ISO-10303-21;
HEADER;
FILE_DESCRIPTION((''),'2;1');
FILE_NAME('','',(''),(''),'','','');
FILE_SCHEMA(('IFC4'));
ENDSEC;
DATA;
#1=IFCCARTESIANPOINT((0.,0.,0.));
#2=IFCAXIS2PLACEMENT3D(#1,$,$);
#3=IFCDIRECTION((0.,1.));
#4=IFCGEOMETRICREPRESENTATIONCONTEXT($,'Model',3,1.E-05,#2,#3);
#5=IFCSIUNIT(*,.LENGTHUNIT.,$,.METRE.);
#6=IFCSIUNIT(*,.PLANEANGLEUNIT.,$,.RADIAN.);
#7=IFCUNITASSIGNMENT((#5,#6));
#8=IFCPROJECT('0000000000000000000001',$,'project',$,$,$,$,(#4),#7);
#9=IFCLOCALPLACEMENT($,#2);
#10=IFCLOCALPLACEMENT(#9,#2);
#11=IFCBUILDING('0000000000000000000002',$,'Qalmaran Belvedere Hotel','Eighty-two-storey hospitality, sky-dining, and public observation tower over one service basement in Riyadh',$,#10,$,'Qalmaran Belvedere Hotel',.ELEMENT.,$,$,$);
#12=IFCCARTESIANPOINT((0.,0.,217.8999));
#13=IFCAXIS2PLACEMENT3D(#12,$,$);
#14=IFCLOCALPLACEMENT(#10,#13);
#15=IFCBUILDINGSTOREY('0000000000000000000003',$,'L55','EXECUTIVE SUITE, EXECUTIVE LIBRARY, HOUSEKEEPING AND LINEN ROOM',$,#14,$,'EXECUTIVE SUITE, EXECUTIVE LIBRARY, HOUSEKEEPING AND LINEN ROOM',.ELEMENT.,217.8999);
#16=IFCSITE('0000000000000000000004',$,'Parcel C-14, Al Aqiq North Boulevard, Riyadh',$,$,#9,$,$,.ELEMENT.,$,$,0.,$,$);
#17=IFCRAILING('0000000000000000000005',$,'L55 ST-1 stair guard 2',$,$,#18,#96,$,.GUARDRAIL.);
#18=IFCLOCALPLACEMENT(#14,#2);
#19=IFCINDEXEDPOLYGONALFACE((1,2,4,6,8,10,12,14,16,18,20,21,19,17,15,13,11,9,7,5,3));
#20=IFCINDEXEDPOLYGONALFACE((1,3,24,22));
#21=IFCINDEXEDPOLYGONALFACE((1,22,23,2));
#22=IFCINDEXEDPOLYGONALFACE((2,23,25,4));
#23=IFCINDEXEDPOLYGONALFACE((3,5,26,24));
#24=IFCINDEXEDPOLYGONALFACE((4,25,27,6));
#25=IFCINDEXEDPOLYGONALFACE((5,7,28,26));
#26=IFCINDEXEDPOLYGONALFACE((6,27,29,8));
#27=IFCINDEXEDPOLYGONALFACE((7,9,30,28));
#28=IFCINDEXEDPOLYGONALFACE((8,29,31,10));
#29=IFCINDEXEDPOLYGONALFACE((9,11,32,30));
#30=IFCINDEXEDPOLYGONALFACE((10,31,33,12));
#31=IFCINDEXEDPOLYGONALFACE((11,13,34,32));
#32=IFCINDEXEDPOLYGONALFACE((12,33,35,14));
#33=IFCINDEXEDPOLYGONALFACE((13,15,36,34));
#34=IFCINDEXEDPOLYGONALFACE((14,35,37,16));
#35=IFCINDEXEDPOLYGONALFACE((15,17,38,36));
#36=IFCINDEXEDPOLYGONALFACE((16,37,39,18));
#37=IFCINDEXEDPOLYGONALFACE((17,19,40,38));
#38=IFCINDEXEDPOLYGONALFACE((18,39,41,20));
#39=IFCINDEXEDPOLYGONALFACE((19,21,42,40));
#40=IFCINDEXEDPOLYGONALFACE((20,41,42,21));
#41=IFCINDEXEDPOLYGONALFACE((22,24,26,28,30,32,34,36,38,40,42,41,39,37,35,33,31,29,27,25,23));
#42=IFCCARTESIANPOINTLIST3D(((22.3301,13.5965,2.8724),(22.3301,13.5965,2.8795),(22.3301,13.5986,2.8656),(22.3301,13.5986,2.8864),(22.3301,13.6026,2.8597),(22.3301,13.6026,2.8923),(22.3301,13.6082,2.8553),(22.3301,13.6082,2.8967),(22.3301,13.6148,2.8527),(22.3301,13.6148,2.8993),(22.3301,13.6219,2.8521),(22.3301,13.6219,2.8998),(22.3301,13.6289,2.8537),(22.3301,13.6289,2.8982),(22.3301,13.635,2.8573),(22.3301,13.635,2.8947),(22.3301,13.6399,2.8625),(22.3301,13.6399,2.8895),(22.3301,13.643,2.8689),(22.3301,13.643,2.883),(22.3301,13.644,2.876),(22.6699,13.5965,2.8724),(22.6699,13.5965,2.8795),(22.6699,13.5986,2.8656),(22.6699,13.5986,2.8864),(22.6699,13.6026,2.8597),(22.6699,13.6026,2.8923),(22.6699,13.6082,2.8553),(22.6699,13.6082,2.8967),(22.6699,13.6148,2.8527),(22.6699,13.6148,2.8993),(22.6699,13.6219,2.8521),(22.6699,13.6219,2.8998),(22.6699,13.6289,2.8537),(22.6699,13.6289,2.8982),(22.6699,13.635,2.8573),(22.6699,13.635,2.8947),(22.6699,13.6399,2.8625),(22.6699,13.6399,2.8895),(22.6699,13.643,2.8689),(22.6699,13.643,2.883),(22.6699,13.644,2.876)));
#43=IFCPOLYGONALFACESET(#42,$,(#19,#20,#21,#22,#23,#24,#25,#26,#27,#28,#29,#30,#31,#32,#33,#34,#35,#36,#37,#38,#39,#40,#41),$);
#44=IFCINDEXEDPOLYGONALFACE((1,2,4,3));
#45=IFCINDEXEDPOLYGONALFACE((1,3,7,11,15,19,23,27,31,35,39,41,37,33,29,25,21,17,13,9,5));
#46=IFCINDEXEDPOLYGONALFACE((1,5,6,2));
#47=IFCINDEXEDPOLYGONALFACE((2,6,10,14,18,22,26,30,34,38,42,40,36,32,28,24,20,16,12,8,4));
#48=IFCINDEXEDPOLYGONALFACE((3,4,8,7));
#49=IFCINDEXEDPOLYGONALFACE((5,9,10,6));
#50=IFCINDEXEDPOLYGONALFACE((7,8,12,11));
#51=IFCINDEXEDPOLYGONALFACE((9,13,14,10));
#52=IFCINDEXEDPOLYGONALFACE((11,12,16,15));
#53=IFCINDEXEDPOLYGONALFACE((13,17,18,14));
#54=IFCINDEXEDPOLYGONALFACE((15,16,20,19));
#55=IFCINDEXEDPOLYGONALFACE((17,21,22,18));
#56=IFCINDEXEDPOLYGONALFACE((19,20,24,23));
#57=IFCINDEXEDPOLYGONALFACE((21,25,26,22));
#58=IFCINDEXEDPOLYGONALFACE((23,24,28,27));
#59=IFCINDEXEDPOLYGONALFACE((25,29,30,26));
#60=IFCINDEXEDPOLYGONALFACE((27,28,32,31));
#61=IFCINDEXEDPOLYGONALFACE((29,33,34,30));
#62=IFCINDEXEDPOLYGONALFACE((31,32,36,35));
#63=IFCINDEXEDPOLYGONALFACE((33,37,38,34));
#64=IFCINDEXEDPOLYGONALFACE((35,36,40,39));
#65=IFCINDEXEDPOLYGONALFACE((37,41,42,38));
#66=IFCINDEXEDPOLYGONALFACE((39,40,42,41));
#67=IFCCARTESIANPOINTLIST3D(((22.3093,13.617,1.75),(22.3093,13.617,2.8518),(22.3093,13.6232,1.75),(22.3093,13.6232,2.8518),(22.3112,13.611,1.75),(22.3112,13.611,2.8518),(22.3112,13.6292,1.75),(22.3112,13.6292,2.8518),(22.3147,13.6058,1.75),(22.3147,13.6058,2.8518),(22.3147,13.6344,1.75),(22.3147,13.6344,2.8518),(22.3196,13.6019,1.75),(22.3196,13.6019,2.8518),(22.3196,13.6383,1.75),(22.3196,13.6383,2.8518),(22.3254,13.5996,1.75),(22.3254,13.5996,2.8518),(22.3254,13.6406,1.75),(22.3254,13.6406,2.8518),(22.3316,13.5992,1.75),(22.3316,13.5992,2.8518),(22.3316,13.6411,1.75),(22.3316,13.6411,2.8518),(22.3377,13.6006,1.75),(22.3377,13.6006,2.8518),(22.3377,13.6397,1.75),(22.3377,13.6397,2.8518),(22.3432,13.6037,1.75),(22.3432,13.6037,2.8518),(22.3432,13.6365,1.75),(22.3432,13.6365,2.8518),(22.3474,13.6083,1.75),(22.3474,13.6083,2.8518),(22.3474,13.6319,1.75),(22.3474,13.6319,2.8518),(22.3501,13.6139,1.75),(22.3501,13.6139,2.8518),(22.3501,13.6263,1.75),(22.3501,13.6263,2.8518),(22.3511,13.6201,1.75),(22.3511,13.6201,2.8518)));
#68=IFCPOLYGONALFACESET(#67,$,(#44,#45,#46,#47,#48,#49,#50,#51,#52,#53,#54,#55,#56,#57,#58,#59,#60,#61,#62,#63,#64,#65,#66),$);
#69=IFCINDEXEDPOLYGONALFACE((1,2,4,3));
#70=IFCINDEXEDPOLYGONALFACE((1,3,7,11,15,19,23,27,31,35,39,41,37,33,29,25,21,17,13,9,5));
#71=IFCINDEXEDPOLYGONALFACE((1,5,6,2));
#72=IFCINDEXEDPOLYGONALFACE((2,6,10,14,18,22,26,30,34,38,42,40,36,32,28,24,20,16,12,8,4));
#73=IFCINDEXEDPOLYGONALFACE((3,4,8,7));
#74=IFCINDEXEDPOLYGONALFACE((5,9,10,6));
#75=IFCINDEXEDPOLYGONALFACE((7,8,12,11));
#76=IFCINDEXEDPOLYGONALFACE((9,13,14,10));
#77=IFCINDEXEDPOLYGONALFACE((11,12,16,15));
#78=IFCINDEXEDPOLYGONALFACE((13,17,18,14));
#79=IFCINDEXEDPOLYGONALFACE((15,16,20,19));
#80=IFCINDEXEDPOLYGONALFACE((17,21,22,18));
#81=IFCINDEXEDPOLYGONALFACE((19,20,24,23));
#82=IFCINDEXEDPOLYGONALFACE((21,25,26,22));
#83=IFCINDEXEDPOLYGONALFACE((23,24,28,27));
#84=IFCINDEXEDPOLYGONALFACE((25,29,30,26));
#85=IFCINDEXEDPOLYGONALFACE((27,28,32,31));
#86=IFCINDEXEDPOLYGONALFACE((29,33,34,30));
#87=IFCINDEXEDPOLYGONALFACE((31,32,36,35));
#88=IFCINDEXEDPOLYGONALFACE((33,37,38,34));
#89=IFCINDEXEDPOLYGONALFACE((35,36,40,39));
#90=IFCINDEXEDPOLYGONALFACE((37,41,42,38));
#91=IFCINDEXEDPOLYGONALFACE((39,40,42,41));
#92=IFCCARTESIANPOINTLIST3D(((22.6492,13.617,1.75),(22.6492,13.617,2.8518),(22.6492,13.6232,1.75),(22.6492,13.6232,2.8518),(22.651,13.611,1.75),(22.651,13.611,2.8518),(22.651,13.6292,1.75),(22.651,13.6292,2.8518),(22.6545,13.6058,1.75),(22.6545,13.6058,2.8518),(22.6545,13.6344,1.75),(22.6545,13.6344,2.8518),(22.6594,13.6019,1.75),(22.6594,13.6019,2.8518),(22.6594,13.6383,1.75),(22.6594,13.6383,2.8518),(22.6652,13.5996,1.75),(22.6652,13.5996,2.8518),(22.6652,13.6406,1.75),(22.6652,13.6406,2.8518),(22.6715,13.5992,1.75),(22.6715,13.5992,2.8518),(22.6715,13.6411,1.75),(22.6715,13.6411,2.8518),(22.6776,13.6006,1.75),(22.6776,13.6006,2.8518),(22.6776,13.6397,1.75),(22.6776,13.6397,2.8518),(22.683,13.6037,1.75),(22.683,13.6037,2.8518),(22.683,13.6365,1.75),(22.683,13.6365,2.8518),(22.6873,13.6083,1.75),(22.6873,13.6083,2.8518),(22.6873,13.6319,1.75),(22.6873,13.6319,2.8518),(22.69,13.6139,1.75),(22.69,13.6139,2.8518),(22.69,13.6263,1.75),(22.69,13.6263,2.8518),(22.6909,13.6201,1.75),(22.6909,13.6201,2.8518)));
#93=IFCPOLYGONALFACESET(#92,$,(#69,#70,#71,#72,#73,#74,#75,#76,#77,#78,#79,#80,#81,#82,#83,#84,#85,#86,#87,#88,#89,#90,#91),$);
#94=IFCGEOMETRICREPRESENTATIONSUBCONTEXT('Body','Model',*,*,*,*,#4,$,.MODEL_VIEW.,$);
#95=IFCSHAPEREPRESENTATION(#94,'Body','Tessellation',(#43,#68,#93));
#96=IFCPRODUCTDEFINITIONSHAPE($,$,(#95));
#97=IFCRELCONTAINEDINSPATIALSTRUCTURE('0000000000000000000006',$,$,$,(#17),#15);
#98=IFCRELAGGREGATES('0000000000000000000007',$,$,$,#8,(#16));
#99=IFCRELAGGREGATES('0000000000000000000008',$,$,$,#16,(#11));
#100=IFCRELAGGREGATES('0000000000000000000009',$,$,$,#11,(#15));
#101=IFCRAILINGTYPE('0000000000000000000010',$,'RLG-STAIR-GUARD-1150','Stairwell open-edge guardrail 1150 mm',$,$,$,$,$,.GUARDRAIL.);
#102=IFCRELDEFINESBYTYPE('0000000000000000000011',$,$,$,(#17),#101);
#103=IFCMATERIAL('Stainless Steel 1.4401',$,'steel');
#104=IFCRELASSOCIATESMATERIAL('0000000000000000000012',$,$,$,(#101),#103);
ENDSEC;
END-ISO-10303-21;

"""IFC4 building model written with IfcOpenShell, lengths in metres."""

from ifc_helpers import new_model, si_unit, direction, frame, origin, origin_2d, place, context, subcontext, project, spatial, circle, extrude, material, type_object, element, save


model = new_model("IFC4")

# Units and contexts
model_context = context("Model", 3, precision=1e-05, world=origin(), true_north=direction((0.0, 1.0)))
body_context = subcontext(model_context, "Body", "Model", "MODEL_VIEW")
ifc_project = project(units=[si_unit("LENGTHUNIT", "METRE"), si_unit("PLANEANGLEUNIT", "RADIAN")], contexts=[model_context])

# Site, building, storey
site_placement = place(None, origin())
site = spatial("IfcSite", under=ifc_project, at=site_placement, Name="Parcel C-14, Al Aqiq North Boulevard, Riyadh", CompositionType="ELEMENT", RefElevation=0.0)
building_placement = place(site_placement, origin())
building = spatial("IfcBuilding", under=site, at=building_placement, Name="Qalmaran Belvedere Hotel", Description="Eighty-two-storey hospitality, sky-dining, and public observation tower over one service basement in Riyadh", LongName="Qalmaran Belvedere Hotel", CompositionType="ELEMENT")
storey_placement = place(building_placement, frame((0.0, 0.0, 217.8999)))
storey = spatial("IfcBuildingStorey", under=building, at=storey_placement, Name="L55", Description="EXECUTIVE SUITE, EXECUTIVE LIBRARY, HOUSEKEEPING AND LINEN ROOM", LongName="EXECUTIVE SUITE, EXECUTIVE LIBRARY, HOUSEKEEPING AND LINEN ROOM", CompositionType="ELEMENT", Elevation=217.8999)

# Railing
ifc_material_1 = material(Name="Stainless Steel 1.4401", Category="steel")
railing_type_1 = type_object("IfcRailingType", Name="RLG-STAIR-GUARD-1150", Description="Stairwell open-edge guardrail 1150 mm", PredefinedType="GUARDRAIL", material=ifc_material_1)
railing_1_placement = place(storey_placement, frame((22.3301, 13.6201, 1.75)))
element("IfcRailing", 1, at=railing_1_placement, inside=storey, type_object=railing_type_1, Name="L55 ST-1 stair guard 2", PredefinedType="GUARDRAIL", context=body_context, shape_type="SweptSolid", body=[
    extrude(circle(Radius=0.0239, at=origin_2d()), frame((0.0, 0.0, 1.126), z_axis=(1.0, 0.0, 0.0), x_axis=(0.0, 1.0, 0.0)), (0.0, 0.0, 1.0), 0.3398),
    extrude(circle(Radius=0.021, at=origin_2d()), origin(), (0.0, 0.0, 1.0), 1.1018),
    extrude(circle(Radius=0.021, at=origin_2d()), frame((0.3398, 0.0, 0.0)), (0.0, 0.0, 1.0), 1.1018),
])

save(model, "model.ifc")
